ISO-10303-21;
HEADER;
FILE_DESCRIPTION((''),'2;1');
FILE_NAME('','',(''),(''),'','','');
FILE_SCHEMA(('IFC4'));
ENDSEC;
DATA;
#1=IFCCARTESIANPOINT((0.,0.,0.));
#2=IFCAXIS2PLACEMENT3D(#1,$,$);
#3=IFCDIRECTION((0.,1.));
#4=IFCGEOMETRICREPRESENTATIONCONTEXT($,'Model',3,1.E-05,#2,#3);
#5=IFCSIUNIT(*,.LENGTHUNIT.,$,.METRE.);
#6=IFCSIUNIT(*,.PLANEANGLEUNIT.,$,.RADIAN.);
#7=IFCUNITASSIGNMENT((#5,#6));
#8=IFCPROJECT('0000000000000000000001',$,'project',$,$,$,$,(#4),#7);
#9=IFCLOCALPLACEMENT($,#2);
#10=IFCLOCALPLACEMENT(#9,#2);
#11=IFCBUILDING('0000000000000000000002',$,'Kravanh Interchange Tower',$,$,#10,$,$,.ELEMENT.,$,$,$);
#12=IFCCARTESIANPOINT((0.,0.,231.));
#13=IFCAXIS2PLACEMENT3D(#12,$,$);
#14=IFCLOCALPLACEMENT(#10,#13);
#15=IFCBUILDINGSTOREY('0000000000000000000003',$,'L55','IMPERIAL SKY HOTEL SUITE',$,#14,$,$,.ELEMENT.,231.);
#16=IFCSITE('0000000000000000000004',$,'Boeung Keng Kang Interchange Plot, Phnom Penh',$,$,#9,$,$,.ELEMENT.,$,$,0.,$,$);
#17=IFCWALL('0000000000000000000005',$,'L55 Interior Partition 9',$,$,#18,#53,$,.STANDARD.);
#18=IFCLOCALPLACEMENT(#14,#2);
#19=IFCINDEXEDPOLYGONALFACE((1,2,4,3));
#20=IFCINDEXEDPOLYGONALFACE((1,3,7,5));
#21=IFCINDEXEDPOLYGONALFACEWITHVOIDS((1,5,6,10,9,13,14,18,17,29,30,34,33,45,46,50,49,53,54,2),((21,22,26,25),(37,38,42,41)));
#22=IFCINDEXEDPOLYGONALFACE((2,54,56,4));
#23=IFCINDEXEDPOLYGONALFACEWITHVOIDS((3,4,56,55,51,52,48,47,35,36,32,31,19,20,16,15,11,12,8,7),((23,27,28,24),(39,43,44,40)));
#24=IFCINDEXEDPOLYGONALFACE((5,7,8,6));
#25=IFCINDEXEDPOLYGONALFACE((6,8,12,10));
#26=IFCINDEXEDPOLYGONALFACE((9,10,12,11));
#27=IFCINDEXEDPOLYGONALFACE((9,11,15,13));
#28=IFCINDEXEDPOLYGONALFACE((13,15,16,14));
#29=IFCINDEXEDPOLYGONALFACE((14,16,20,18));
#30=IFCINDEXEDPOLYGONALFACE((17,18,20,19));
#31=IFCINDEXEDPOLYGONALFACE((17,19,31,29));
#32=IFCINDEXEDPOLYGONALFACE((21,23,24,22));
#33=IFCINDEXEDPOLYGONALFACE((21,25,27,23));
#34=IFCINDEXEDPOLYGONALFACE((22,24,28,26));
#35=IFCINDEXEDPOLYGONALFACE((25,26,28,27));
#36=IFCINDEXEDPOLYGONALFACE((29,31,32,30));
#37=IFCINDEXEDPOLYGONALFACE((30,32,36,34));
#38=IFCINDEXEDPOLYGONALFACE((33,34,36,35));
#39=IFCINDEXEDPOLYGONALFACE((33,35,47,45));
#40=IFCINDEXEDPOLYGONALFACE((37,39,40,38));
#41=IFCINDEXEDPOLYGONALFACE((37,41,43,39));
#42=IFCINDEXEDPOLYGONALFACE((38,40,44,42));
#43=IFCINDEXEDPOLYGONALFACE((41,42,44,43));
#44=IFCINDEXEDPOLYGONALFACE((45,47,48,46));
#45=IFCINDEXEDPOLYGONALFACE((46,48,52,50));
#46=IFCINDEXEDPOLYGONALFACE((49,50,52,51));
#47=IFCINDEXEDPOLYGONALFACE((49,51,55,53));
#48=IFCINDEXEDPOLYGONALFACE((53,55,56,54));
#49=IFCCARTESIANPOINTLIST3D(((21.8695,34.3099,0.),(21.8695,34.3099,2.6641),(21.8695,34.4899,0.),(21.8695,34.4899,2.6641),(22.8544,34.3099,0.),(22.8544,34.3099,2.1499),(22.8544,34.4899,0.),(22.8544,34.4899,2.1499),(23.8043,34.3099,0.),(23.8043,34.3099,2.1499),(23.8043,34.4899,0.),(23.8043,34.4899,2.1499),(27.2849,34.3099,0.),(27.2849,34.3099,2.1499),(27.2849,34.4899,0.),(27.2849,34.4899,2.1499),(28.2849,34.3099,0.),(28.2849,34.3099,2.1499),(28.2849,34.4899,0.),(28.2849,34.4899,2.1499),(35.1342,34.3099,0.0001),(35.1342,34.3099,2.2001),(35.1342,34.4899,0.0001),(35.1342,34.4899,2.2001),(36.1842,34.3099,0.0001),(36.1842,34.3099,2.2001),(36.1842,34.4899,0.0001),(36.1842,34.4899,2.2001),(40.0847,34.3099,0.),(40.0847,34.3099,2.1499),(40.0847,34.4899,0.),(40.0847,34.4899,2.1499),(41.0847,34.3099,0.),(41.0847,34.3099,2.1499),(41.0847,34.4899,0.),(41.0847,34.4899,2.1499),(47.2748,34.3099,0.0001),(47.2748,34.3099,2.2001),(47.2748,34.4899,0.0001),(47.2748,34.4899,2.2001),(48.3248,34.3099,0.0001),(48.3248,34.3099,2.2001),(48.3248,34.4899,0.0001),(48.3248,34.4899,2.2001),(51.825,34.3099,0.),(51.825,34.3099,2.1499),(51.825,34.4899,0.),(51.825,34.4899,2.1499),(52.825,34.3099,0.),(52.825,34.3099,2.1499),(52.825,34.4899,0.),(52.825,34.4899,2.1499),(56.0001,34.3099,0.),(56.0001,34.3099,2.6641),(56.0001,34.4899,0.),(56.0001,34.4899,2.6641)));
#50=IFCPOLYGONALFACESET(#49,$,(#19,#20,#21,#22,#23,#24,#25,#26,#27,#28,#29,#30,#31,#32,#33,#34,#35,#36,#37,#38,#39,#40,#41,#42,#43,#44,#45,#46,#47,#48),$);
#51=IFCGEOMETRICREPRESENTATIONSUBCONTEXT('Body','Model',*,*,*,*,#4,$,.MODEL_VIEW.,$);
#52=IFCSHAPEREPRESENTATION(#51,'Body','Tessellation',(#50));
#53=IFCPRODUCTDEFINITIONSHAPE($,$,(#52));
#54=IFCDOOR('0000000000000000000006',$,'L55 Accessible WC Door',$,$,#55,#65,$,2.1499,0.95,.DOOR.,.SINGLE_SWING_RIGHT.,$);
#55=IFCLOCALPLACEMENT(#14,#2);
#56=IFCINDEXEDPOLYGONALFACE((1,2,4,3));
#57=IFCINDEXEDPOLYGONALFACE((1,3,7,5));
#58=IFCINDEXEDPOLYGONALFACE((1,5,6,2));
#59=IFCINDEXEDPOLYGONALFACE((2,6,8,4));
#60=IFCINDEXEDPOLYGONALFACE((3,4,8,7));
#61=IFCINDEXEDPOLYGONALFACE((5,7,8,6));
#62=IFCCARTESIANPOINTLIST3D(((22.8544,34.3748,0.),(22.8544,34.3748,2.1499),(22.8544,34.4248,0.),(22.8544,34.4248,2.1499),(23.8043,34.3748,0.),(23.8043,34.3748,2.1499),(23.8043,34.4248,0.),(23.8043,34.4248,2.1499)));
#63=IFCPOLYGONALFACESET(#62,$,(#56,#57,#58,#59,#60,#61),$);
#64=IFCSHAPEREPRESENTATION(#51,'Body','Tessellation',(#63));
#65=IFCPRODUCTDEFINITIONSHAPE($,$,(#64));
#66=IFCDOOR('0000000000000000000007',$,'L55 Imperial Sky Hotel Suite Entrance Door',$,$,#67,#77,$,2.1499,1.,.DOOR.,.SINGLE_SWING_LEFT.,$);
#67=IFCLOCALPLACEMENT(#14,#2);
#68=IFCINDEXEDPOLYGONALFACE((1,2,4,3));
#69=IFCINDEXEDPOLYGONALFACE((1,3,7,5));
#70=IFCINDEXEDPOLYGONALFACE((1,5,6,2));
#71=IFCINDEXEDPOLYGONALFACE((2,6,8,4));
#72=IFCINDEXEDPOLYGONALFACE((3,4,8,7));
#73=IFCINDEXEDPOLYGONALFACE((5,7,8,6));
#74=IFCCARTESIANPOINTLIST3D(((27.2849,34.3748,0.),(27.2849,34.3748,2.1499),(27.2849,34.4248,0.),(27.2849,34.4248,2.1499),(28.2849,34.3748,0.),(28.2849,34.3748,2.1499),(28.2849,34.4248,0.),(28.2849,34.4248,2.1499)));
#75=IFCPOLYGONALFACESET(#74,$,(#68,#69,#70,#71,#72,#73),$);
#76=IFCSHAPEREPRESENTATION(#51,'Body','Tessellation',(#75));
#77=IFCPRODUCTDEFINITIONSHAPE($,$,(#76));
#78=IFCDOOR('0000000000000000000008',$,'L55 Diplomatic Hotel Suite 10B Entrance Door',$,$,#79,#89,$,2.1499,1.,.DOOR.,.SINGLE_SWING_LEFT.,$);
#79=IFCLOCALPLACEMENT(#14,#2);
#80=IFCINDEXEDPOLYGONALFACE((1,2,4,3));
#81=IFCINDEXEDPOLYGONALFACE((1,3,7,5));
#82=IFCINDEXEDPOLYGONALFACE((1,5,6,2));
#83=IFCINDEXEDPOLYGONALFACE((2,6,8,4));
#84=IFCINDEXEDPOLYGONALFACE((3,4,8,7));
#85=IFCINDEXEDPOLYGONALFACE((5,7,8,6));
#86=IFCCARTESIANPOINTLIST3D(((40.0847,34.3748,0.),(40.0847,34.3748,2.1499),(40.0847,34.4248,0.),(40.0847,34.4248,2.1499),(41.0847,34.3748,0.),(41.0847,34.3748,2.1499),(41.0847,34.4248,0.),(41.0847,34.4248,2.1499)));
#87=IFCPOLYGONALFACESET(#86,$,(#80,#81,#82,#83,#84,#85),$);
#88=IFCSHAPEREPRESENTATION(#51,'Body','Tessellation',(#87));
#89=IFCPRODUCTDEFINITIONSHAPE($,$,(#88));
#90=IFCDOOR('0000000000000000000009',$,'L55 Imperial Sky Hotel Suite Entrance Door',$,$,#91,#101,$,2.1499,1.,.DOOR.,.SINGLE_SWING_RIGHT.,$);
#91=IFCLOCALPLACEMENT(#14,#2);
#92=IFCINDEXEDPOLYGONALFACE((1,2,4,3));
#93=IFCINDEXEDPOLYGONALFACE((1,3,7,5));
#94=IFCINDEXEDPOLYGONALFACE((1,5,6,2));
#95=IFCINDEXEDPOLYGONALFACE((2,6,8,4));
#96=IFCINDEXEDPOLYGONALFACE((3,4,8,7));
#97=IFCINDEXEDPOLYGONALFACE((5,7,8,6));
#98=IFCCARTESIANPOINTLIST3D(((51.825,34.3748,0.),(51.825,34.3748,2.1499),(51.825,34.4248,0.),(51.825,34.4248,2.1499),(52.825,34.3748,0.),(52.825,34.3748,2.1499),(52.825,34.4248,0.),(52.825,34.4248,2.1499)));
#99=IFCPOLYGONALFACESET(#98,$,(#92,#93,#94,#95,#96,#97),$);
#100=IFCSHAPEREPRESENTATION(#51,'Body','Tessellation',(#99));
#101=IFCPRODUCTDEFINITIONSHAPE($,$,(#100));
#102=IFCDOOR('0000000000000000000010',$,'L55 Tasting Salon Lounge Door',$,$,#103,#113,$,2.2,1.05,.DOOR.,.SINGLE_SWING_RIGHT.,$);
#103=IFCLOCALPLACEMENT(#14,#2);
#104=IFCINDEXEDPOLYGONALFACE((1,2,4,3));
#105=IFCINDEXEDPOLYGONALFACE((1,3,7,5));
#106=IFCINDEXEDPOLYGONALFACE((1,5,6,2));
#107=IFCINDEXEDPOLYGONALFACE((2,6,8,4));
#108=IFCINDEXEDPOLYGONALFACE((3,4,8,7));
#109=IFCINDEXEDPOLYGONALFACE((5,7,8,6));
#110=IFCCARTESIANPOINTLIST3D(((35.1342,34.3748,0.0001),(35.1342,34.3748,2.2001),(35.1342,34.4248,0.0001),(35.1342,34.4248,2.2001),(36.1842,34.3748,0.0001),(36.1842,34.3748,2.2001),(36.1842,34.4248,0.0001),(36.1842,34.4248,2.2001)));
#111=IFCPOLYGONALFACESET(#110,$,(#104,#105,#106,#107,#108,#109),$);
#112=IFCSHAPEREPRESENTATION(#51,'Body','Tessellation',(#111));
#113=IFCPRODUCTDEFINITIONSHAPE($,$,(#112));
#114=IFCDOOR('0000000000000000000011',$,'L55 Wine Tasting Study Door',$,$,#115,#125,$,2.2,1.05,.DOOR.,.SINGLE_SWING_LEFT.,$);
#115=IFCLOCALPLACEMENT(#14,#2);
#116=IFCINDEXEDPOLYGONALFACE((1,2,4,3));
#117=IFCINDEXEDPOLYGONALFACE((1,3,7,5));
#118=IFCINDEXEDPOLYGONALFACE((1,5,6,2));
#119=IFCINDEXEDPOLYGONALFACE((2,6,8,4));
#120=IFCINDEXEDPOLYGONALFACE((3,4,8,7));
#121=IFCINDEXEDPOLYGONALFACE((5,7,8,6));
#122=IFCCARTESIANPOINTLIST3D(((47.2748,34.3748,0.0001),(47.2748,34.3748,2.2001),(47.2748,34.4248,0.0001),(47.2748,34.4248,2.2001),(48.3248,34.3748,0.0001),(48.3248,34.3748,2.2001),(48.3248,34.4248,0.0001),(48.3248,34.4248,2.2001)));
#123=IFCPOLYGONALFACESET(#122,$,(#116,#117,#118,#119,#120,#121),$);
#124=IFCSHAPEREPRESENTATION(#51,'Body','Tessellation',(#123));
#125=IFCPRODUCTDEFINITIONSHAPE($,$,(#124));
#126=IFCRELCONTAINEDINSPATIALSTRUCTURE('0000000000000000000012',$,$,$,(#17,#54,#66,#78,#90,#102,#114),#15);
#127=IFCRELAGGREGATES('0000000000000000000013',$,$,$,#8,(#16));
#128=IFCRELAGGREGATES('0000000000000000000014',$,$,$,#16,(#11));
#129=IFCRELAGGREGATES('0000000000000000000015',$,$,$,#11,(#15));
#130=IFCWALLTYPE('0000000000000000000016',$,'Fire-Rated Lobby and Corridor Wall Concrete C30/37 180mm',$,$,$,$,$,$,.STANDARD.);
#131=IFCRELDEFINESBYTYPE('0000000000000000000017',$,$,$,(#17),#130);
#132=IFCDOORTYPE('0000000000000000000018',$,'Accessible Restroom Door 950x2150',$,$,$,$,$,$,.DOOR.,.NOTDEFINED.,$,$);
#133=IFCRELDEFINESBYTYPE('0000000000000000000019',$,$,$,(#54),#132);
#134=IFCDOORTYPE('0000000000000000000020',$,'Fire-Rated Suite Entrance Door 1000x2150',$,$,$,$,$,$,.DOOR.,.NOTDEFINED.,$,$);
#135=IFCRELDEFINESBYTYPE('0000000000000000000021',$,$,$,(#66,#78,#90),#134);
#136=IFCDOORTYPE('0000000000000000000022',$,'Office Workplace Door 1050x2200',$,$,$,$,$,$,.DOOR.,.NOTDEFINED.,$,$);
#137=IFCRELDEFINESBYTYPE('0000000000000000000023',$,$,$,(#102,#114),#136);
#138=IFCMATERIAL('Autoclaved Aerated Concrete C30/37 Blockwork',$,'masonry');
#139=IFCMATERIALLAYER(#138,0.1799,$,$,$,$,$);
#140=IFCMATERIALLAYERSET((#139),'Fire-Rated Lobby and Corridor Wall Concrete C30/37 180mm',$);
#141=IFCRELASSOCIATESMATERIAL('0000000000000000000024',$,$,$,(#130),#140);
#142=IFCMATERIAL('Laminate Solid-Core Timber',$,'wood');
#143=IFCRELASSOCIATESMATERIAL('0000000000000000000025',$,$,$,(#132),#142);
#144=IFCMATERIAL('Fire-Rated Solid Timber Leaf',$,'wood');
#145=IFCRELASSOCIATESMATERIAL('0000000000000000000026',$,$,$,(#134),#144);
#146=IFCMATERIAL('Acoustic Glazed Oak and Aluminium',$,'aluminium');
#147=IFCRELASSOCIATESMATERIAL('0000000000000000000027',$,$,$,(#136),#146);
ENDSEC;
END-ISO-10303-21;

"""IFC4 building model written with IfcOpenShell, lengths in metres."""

from ifc_helpers import new_model, si_unit, direction, frame, frame_2d, origin, place, context, subcontext, project, spatial, rectangle, extrude, material, layer, layer_set, type_object, element, fill, save


model = new_model("IFC4")

# Units and contexts
model_context = context("Model", 3, precision=1e-05, world=origin(), true_north=direction((0.0, 1.0)))
body_context = subcontext(model_context, "Body", "Model", "MODEL_VIEW")
ifc_project = project(units=[si_unit("LENGTHUNIT", "METRE"), si_unit("PLANEANGLEUNIT", "RADIAN")], contexts=[model_context])

# Site, building, storey
site_placement = place(None, origin())
site = spatial("IfcSite", under=ifc_project, at=site_placement, Name="Boeung Keng Kang Interchange Plot, Phnom Penh", CompositionType="ELEMENT", RefElevation=0.0)
building_placement = place(site_placement, origin())
building = spatial("IfcBuilding", under=site, at=building_placement, Name="Kravanh Interchange Tower", CompositionType="ELEMENT")
storey_placement = place(building_placement, frame((0.0, 0.0, 231.0)))
storey = spatial("IfcBuildingStorey", under=building, at=storey_placement, Name="L55", Description="IMPERIAL SKY HOTEL SUITE", CompositionType="ELEMENT", Elevation=231.0)

# Wall, openings, doors
ifc_material_1 = material(Name="Autoclaved Aerated Concrete C30/37 Blockwork", Category="masonry")
ifc_layer_1 = layer(ifc_material_1, 0.1799)
ifc_layer_set_1 = layer_set([ifc_layer_1], Name="Fire-Rated Lobby and Corridor Wall Concrete C30/37 180mm")
wall_type_1 = type_object("IfcWallType", Name="Fire-Rated Lobby and Corridor Wall Concrete C30/37 180mm", PredefinedType="STANDARD", material=ifc_layer_set_1)
wall_1_placement = place(storey_placement, frame((21.8694, 34.3999, 0.0), z_axis=(0.0, 0.0, 1.0), x_axis=(1.0, 0.0, 0.0)))
wall_1 = element("IfcWall", 1, at=wall_1_placement, inside=storey, type_object=wall_type_1, Name="L55 Interior Partition 9", PredefinedType="STANDARD", context=body_context, shape_type="SweptSolid", body=[
    extrude(rectangle(XDim=34.1306, YDim=0.1799, at=frame_2d((17.0654, 0.0))), origin(), (0.0, 0.0, 1.0), 2.6641),
])
opening_1_placement = place(wall_1_placement, frame((0.9849, 0.0, 0.0)))
opening_1 = element("IfcOpeningElement", 2, at=opening_1_placement, cuts=wall_1, PredefinedType="OPENING", context=body_context, shape_type="SweptSolid", body=[
    extrude(rectangle(XDim=0.95, YDim=2.1499, at=frame_2d((0.4751, 1.075))), frame((0.0, 0.1001, 0.0), z_axis=(0.0, -1.0, 0.0), x_axis=(1.0, 0.0, 0.0)), (0.0, 0.0, 1.0), 0.2),
])
opening_2_placement = place(wall_1_placement, frame((5.4155, 0.0, 0.0)))
opening_2 = element("IfcOpeningElement", 3, at=opening_2_placement, cuts=wall_1, PredefinedType="OPENING", context=body_context, shape_type="SweptSolid", body=[
    extrude(rectangle(XDim=1.0, YDim=2.1499, at=frame_2d((0.5, 1.075))), frame((0.0, 0.1001, 0.0), z_axis=(0.0, -1.0, 0.0), x_axis=(1.0, 0.0, 0.0)), (0.0, 0.0, 1.0), 0.2),
])
opening_3_placement = place(wall_1_placement, frame((13.2649, 0.0, 0.0)))
opening_3 = element("IfcOpeningElement", 4, at=opening_3_placement, cuts=wall_1, PredefinedType="OPENING", context=body_context, shape_type="SweptSolid", body=[
    extrude(rectangle(XDim=1.05, YDim=2.2, at=frame_2d((0.5249, 1.1001))), frame((0.0, 0.1001, 0.0), z_axis=(0.0, -1.0, 0.0), x_axis=(1.0, 0.0, 0.0)), (0.0, 0.0, 1.0), 0.2),
])
opening_4_placement = place(wall_1_placement, frame((18.2153, 0.0, 0.0)))
opening_4 = element("IfcOpeningElement", 5, at=opening_4_placement, cuts=wall_1, PredefinedType="OPENING", context=body_context, shape_type="SweptSolid", body=[
    extrude(rectangle(XDim=1.0, YDim=2.1499, at=frame_2d((0.5, 1.075))), frame((0.0, 0.1001, 0.0), z_axis=(0.0, -1.0, 0.0), x_axis=(1.0, 0.0, 0.0)), (0.0, 0.0, 1.0), 0.2),
])
opening_5_placement = place(wall_1_placement, frame((25.4055, 0.0, 0.0)))
opening_5 = element("IfcOpeningElement", 6, at=opening_5_placement, cuts=wall_1, PredefinedType="OPENING", context=body_context, shape_type="SweptSolid", body=[
    extrude(rectangle(XDim=1.05, YDim=2.2, at=frame_2d((0.5249, 1.1001))), frame((0.0, 0.1001, 0.0), z_axis=(0.0, -1.0, 0.0), x_axis=(1.0, 0.0, 0.0)), (0.0, 0.0, 1.0), 0.2),
])
opening_6_placement = place(wall_1_placement, frame((29.9556, 0.0, 0.0)))
opening_6 = element("IfcOpeningElement", 7, at=opening_6_placement, cuts=wall_1, PredefinedType="OPENING", context=body_context, shape_type="SweptSolid", body=[
    extrude(rectangle(XDim=1.0, YDim=2.1499, at=frame_2d((0.5, 1.075))), frame((0.0, 0.1001, 0.0), z_axis=(0.0, -1.0, 0.0), x_axis=(1.0, 0.0, 0.0)), (0.0, 0.0, 1.0), 0.2),
])
ifc_material_2 = material(Name="Laminate Solid-Core Timber", Category="wood")
door_type_1 = type_object("IfcDoorType", Name="Accessible Restroom Door 950x2150", OperationType="NOTDEFINED", PredefinedType="DOOR", material=ifc_material_2)
door_1_placement = place(opening_1_placement, origin())
door_1 = element("IfcDoor", 8, at=door_1_placement, inside=storey, type_object=door_type_1, Name="L55 Accessible WC Door", OperationType="SINGLE_SWING_RIGHT", OverallHeight=2.1499, OverallWidth=0.95, PredefinedType="DOOR", context=body_context, shape_type="SweptSolid", body=[
    extrude(rectangle(XDim=0.95, YDim=2.1499, at=frame_2d((0.4751, 1.075))), frame((0.0, 0.0249, 0.0), z_axis=(0.0, -1.0, 0.0), x_axis=(1.0, 0.0, 0.0)), (0.0, 0.0, 1.0), 0.05),
])
fill(opening_1, door_1)
ifc_material_3 = material(Name="Fire-Rated Solid Timber Leaf", Category="wood")
door_type_2 = type_object("IfcDoorType", Name="Fire-Rated Suite Entrance Door 1000x2150", OperationType="NOTDEFINED", PredefinedType="DOOR", material=ifc_material_3)
door_2_placement = place(opening_2_placement, origin())
door_2 = element("IfcDoor", 9, at=door_2_placement, inside=storey, type_object=door_type_2, Name="L55 Imperial Sky Hotel Suite Entrance Door", OperationType="SINGLE_SWING_LEFT", OverallHeight=2.1499, OverallWidth=1.0, PredefinedType="DOOR", context=body_context, shape_type="SweptSolid", body=[
    extrude(rectangle(XDim=1.0, YDim=2.1499, at=frame_2d((0.5, 1.075))), frame((0.0, 0.0249, 0.0), z_axis=(0.0, -1.0, 0.0), x_axis=(1.0, 0.0, 0.0)), (0.0, 0.0, 1.0), 0.05),
])
fill(opening_2, door_2)
door_3_placement = place(opening_4_placement, origin())
door_3 = element("IfcDoor", 10, at=door_3_placement, inside=storey, type_object=door_type_2, Name="L55 Diplomatic Hotel Suite 10B Entrance Door", OperationType="SINGLE_SWING_LEFT", OverallHeight=2.1499, OverallWidth=1.0, PredefinedType="DOOR", context=body_context, shape_type="SweptSolid", body=[
    extrude(rectangle(XDim=1.0, YDim=2.1499, at=frame_2d((0.5, 1.075))), frame((0.0, 0.0249, 0.0), z_axis=(0.0, -1.0, 0.0), x_axis=(1.0, 0.0, 0.0)), (0.0, 0.0, 1.0), 0.05),
])
fill(opening_4, door_3)
door_4_placement = place(opening_6_placement, origin())
door_4 = element("IfcDoor", 11, at=door_4_placement, inside=storey, type_object=door_type_2, Name="L55 Imperial Sky Hotel Suite Entrance Door", OperationType="SINGLE_SWING_RIGHT", OverallHeight=2.1499, OverallWidth=1.0, PredefinedType="DOOR", context=body_context, shape_type="SweptSolid", body=[
    extrude(rectangle(XDim=1.0, YDim=2.1499, at=frame_2d((0.5, 1.075))), frame((0.0, 0.0249, 0.0), z_axis=(0.0, -1.0, 0.0), x_axis=(1.0, 0.0, 0.0)), (0.0, 0.0, 1.0), 0.05),
])
fill(opening_6, door_4)
ifc_material_4 = material(Name="Acoustic Glazed Oak and Aluminium", Category="aluminium")
door_type_3 = type_object("IfcDoorType", Name="Office Workplace Door 1050x2200", OperationType="NOTDEFINED", PredefinedType="DOOR", material=ifc_material_4)
door_5_placement = place(opening_3_placement, origin())
door_5 = element("IfcDoor", 12, at=door_5_placement, inside=storey, type_object=door_type_3, Name="L55 Tasting Salon Lounge Door", OperationType="SINGLE_SWING_RIGHT", OverallHeight=2.2, OverallWidth=1.05, PredefinedType="DOOR", context=body_context, shape_type="SweptSolid", body=[
    extrude(rectangle(XDim=1.05, YDim=2.2, at=frame_2d((0.5249, 1.1001))), frame((0.0, 0.0249, 0.0), z_axis=(0.0, -1.0, 0.0), x_axis=(1.0, 0.0, 0.0)), (0.0, 0.0, 1.0), 0.05),
])
fill(opening_3, door_5)
door_6_placement = place(opening_5_placement, origin())
door_6 = element("IfcDoor", 13, at=door_6_placement, inside=storey, type_object=door_type_3, Name="L55 Wine Tasting Study Door", OperationType="SINGLE_SWING_LEFT", OverallHeight=2.2, OverallWidth=1.05, PredefinedType="DOOR", context=body_context, shape_type="SweptSolid", body=[
    extrude(rectangle(XDim=1.05, YDim=2.2, at=frame_2d((0.5249, 1.1001))), frame((0.0, 0.0249, 0.0), z_axis=(0.0, -1.0, 0.0), x_axis=(1.0, 0.0, 0.0)), (0.0, 0.0, 1.0), 0.05),
])
fill(opening_5, door_6)

save(model, "model.ifc")
